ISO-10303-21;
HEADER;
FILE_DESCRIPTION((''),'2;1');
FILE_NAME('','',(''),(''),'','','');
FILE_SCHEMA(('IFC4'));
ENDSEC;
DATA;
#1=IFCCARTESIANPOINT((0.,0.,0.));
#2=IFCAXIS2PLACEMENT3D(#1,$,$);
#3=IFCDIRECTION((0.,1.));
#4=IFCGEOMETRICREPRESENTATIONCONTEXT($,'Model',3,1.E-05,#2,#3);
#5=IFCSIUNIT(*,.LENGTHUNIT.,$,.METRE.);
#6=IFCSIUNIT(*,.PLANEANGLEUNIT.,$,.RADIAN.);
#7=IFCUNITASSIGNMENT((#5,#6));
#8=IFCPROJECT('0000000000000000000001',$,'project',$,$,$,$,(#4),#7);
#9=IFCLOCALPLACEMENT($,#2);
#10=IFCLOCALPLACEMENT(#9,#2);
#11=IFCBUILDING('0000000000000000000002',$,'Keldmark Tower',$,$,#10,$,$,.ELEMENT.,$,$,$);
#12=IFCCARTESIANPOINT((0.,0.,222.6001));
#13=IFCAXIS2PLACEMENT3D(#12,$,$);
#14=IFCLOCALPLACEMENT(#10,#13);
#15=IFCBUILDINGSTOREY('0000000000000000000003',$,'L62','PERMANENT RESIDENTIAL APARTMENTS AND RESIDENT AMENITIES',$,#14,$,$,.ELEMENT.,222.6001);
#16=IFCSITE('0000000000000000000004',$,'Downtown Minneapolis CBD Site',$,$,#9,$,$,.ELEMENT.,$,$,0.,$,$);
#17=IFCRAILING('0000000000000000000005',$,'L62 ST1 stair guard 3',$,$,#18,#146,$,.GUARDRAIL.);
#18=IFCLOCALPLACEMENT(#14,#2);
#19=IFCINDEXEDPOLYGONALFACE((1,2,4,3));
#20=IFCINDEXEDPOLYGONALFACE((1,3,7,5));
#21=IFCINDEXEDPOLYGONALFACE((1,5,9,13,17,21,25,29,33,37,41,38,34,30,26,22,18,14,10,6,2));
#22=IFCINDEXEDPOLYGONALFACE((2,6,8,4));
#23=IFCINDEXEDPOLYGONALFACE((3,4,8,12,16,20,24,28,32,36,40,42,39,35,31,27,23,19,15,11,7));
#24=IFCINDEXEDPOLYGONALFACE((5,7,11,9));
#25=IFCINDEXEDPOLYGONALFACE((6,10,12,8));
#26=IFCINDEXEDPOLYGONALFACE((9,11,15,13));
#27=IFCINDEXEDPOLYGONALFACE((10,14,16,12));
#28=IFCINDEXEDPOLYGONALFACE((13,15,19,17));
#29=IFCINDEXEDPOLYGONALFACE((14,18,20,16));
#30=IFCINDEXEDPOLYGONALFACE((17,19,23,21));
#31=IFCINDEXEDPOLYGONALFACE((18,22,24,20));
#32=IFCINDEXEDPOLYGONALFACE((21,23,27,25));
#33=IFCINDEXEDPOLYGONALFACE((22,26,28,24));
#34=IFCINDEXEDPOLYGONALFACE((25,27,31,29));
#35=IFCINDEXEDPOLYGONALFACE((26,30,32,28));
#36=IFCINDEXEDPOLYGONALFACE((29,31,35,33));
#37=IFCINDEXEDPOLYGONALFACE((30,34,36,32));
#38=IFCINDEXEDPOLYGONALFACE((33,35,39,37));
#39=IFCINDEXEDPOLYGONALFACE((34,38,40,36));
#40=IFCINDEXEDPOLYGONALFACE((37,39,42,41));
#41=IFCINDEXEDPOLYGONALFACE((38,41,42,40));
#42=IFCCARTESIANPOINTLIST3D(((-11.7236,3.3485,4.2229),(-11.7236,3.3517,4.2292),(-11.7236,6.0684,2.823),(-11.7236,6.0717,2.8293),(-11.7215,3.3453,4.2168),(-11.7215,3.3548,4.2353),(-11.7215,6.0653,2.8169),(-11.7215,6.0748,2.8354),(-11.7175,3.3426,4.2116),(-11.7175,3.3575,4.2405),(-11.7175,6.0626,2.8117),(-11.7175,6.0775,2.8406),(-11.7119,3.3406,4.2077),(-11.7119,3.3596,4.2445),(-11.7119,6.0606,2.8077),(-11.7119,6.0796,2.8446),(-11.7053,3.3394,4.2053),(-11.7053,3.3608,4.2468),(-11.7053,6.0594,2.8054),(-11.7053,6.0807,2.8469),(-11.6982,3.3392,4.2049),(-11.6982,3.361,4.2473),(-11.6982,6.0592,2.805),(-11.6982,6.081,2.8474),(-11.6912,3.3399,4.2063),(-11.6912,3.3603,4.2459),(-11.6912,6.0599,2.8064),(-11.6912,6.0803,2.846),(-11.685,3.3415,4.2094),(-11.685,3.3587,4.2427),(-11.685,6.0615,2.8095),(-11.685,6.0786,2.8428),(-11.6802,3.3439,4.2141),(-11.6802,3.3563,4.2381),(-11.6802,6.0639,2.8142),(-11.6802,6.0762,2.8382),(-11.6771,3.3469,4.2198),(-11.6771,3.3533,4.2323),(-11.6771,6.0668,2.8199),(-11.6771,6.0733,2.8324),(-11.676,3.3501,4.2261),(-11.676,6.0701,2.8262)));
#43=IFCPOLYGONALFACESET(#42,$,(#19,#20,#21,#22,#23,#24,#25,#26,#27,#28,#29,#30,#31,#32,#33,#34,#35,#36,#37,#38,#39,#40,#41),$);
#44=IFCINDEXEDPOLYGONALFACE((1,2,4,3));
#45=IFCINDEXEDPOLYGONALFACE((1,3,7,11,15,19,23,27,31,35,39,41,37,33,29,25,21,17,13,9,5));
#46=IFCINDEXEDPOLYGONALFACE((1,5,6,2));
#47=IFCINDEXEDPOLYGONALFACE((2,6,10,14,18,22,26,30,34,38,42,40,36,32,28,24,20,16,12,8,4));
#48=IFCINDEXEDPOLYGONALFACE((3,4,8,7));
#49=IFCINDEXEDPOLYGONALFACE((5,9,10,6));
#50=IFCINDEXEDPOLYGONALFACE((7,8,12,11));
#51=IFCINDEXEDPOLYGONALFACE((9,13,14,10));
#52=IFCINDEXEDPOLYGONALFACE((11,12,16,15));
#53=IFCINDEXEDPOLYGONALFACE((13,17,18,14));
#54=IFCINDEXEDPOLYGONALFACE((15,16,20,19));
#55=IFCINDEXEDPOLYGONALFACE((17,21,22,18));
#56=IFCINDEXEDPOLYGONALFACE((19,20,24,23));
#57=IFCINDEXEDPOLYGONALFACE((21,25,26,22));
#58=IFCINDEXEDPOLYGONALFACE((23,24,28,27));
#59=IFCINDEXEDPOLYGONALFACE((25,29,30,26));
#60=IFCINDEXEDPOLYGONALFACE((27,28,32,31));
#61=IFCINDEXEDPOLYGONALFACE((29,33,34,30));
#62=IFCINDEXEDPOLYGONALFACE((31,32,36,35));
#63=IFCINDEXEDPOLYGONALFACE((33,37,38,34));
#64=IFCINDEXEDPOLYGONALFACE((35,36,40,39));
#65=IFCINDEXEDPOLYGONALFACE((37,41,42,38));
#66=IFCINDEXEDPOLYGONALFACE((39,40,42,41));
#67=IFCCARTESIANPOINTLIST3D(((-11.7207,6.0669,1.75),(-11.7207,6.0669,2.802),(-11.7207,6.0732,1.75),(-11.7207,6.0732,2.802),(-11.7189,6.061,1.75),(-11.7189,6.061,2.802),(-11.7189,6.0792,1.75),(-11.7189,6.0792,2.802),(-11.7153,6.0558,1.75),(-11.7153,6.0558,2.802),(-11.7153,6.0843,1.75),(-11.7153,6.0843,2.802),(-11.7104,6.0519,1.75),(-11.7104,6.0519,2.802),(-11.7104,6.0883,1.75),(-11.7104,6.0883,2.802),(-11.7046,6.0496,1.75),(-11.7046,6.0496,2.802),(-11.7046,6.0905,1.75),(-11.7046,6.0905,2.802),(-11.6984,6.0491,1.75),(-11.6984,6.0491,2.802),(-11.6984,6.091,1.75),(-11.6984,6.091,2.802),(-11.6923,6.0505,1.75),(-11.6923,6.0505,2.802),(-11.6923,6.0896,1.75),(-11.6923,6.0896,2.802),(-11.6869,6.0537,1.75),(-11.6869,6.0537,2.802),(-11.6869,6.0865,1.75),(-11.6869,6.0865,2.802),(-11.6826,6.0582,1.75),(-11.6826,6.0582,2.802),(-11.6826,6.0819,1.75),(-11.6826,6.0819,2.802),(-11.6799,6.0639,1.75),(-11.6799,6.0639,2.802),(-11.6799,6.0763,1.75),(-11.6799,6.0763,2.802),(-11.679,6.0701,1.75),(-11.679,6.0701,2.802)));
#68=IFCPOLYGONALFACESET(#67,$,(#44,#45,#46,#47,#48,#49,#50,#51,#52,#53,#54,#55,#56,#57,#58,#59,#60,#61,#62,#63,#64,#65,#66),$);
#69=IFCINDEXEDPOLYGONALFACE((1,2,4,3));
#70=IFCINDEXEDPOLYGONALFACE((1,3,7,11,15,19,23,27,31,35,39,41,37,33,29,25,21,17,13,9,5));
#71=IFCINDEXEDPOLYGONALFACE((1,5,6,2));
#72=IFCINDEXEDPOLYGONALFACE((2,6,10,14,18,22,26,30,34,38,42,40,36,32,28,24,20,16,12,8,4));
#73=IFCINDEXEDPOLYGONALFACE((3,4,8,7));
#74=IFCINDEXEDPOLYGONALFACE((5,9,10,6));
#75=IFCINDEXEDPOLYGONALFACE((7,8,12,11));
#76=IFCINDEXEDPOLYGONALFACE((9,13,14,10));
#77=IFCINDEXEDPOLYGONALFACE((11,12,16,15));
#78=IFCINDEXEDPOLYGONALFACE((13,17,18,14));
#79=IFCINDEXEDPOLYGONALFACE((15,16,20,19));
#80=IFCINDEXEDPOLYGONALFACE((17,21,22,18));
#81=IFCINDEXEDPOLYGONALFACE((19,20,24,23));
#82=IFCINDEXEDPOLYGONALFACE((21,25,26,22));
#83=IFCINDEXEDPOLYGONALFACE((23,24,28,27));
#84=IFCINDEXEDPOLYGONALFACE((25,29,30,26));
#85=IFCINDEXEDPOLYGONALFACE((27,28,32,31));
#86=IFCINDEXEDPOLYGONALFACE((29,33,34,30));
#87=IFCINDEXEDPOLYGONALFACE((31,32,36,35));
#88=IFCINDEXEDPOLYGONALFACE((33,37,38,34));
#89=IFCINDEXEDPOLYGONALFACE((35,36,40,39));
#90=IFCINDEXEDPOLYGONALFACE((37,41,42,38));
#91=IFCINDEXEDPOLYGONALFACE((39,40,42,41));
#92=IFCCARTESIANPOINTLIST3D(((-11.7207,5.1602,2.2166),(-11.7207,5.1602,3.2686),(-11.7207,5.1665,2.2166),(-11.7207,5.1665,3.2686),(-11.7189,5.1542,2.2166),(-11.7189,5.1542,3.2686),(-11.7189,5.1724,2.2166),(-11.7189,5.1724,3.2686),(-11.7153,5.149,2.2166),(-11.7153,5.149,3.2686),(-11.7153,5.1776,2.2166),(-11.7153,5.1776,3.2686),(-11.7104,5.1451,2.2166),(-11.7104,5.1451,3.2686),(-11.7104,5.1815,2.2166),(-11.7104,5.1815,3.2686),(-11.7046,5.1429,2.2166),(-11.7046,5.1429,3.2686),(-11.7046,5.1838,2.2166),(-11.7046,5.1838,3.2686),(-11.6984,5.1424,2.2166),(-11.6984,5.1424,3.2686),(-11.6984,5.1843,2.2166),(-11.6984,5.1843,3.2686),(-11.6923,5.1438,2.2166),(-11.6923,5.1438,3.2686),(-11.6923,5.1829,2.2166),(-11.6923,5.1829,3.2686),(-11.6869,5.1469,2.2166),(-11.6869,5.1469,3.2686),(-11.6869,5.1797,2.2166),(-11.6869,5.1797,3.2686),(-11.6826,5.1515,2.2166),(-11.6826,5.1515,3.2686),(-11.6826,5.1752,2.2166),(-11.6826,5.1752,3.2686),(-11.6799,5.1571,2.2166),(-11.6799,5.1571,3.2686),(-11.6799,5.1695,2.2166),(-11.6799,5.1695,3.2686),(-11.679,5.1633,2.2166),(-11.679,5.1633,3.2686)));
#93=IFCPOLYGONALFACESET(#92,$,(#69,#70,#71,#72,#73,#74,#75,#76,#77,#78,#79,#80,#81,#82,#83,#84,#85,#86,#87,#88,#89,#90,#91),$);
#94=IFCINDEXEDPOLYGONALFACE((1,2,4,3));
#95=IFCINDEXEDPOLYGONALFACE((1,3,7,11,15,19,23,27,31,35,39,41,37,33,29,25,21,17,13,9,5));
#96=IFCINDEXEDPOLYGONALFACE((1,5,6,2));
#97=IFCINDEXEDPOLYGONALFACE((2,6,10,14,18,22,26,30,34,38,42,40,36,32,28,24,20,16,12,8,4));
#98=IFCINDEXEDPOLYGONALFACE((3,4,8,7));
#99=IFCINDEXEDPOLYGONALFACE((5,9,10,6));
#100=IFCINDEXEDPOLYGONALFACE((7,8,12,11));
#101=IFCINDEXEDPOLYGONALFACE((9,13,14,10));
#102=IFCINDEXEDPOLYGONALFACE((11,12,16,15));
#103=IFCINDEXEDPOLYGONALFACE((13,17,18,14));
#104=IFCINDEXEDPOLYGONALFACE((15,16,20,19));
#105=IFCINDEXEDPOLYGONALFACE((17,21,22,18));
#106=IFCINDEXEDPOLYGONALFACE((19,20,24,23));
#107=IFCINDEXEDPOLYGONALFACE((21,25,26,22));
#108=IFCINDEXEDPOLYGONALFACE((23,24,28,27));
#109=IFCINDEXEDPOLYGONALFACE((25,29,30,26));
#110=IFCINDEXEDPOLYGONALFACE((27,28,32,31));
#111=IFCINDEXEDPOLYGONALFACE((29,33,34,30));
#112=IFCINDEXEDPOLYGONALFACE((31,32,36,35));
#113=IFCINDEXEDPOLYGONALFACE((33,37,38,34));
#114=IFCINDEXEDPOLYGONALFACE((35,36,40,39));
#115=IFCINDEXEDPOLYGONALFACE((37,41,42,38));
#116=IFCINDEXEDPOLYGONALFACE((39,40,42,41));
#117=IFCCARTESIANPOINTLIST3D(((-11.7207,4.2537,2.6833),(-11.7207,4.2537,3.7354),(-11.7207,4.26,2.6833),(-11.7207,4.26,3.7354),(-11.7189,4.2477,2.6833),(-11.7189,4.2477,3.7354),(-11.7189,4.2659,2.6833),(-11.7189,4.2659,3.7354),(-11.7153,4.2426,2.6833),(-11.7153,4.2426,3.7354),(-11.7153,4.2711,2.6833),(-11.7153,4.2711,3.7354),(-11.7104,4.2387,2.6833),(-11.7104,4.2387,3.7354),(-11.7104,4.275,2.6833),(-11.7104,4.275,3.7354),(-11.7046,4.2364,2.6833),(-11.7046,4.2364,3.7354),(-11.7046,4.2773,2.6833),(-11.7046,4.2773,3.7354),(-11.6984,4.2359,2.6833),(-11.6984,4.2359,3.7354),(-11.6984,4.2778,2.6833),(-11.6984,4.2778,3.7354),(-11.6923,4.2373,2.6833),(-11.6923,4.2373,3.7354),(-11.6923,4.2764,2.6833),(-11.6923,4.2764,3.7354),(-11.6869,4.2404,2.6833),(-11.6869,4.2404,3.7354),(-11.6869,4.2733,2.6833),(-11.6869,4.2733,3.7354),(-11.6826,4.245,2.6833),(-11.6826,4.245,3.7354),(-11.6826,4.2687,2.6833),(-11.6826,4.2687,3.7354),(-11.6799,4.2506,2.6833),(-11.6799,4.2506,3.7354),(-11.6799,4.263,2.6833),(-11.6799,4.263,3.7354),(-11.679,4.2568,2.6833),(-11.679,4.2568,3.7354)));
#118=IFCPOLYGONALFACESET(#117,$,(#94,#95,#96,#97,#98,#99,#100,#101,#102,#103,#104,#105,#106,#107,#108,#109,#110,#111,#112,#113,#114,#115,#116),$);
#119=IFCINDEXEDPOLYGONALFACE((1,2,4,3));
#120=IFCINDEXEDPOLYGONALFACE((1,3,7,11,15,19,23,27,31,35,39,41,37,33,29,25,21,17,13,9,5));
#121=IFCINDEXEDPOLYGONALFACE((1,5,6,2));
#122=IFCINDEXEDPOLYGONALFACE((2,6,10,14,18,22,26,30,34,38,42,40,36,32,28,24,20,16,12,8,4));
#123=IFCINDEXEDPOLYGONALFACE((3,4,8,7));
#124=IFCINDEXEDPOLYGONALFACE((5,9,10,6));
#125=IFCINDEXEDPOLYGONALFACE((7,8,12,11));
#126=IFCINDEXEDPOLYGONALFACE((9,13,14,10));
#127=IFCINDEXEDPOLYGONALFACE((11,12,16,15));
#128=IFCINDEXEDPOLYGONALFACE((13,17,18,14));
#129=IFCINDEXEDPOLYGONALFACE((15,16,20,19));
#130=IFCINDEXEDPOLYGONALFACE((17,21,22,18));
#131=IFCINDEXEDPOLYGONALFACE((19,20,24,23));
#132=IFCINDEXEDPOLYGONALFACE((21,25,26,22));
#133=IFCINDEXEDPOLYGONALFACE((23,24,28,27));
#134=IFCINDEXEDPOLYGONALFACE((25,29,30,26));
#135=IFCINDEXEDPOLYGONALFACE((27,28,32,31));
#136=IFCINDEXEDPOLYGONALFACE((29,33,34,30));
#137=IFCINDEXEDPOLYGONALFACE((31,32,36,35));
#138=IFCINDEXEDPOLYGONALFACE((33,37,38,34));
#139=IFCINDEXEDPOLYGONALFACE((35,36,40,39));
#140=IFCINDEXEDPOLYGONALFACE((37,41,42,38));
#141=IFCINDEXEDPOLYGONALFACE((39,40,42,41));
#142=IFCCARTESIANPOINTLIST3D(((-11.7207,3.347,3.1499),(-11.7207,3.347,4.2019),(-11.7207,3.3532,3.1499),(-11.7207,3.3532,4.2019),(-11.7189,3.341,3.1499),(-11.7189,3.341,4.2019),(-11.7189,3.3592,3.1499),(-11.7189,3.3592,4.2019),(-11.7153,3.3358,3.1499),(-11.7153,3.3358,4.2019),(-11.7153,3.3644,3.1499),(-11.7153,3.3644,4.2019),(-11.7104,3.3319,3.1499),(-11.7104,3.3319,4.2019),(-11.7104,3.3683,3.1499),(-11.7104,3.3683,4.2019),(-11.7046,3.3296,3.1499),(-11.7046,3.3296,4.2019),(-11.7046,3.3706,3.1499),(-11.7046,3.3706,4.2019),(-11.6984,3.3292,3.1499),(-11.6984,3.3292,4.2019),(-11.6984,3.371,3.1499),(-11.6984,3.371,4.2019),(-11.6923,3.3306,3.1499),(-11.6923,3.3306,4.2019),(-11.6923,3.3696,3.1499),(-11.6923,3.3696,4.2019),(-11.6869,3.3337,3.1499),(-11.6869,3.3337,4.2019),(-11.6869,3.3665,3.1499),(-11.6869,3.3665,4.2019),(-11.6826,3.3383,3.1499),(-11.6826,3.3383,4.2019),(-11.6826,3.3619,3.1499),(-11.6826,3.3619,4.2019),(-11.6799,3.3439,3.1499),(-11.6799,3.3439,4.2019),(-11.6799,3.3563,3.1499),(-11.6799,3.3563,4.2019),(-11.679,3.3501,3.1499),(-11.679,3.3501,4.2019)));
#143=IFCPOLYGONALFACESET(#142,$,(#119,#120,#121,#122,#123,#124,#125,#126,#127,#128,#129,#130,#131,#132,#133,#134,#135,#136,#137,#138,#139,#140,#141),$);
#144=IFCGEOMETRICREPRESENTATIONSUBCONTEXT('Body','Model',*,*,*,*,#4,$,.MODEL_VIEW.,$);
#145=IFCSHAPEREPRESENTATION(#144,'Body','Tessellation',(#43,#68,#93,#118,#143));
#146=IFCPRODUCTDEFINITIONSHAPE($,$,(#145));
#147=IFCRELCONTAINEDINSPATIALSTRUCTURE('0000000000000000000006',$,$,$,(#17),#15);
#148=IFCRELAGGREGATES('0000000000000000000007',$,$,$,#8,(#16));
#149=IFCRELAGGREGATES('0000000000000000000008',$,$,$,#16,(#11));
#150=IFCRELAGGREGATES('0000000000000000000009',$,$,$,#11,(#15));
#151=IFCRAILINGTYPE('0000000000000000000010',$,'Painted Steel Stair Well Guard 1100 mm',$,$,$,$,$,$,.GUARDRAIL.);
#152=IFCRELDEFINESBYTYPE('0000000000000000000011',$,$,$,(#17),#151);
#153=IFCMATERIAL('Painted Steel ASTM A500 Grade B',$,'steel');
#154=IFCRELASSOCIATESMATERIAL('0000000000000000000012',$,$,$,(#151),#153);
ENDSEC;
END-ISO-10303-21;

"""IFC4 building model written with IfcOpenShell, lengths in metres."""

from ifc_helpers import new_model, si_unit, direction, frame, origin, origin_2d, place, context, subcontext, project, spatial, circle, extrude, material, type_object, element, save


model = new_model("IFC4")

# Units and contexts
model_context = context("Model", 3, precision=1e-05, world=origin(), true_north=direction((0.0, 1.0)))
body_context = subcontext(model_context, "Body", "Model", "MODEL_VIEW")
ifc_project = project(units=[si_unit("LENGTHUNIT", "METRE"), si_unit("PLANEANGLEUNIT", "RADIAN")], contexts=[model_context])

# Site, building, storey
site_placement = place(None, origin())
site = spatial("IfcSite", under=ifc_project, at=site_placement, Name="Downtown Minneapolis CBD Site", CompositionType="ELEMENT", RefElevation=0.0)
building_placement = place(site_placement, origin())
building = spatial("IfcBuilding", under=site, at=building_placement, Name="Keldmark Tower", CompositionType="ELEMENT")
storey_placement = place(building_placement, frame((0.0, 0.0, 222.6001)))
storey = spatial("IfcBuildingStorey", under=building, at=storey_placement, Name="L62", Description="PERMANENT RESIDENTIAL APARTMENTS AND RESIDENT AMENITIES", CompositionType="ELEMENT", Elevation=222.6001)

# Railing
ifc_material_1 = material(Name="Painted Steel ASTM A500 Grade B", Category="steel")
railing_type_1 = type_object("IfcRailingType", Name="Painted Steel Stair Well Guard 1100 mm", PredefinedType="GUARDRAIL", material=ifc_material_1)
railing_1_placement = place(storey_placement, frame((-11.7, 6.0701, 1.75)))
element("IfcRailing", 1, at=railing_1_placement, inside=storey, type_object=railing_type_1, Name="L62 ST1 stair guard 3", PredefinedType="GUARDRAIL", context=body_context, shape_type="SweptSolid", body=[
    extrude(circle(Radius=0.0239, at=origin_2d()), frame((0.0, 0.0, 1.0762), z_axis=(0.0, -0.889147, 0.457622), x_axis=(1.0, 0.0, 0.0)), (0.0, 0.0, 1.0), 3.0591),
    extrude(circle(Radius=0.021, at=origin_2d()), origin(), (0.0, 0.0, 1.0), 1.052),
    extrude(circle(Radius=0.021, at=origin_2d()), frame((0.0, -0.9067, 0.4666)), (0.0, 0.0, 1.0), 1.052),
    extrude(circle(Radius=0.021, at=origin_2d()), frame((0.0, -1.8132, 0.9333)), (0.0, 0.0, 1.0), 1.052),
    extrude(circle(Radius=0.021, at=origin_2d()), frame((0.0, -2.72, 1.3999)), (0.0, 0.0, 1.0), 1.052),
])

save(model, "model.ifc")
